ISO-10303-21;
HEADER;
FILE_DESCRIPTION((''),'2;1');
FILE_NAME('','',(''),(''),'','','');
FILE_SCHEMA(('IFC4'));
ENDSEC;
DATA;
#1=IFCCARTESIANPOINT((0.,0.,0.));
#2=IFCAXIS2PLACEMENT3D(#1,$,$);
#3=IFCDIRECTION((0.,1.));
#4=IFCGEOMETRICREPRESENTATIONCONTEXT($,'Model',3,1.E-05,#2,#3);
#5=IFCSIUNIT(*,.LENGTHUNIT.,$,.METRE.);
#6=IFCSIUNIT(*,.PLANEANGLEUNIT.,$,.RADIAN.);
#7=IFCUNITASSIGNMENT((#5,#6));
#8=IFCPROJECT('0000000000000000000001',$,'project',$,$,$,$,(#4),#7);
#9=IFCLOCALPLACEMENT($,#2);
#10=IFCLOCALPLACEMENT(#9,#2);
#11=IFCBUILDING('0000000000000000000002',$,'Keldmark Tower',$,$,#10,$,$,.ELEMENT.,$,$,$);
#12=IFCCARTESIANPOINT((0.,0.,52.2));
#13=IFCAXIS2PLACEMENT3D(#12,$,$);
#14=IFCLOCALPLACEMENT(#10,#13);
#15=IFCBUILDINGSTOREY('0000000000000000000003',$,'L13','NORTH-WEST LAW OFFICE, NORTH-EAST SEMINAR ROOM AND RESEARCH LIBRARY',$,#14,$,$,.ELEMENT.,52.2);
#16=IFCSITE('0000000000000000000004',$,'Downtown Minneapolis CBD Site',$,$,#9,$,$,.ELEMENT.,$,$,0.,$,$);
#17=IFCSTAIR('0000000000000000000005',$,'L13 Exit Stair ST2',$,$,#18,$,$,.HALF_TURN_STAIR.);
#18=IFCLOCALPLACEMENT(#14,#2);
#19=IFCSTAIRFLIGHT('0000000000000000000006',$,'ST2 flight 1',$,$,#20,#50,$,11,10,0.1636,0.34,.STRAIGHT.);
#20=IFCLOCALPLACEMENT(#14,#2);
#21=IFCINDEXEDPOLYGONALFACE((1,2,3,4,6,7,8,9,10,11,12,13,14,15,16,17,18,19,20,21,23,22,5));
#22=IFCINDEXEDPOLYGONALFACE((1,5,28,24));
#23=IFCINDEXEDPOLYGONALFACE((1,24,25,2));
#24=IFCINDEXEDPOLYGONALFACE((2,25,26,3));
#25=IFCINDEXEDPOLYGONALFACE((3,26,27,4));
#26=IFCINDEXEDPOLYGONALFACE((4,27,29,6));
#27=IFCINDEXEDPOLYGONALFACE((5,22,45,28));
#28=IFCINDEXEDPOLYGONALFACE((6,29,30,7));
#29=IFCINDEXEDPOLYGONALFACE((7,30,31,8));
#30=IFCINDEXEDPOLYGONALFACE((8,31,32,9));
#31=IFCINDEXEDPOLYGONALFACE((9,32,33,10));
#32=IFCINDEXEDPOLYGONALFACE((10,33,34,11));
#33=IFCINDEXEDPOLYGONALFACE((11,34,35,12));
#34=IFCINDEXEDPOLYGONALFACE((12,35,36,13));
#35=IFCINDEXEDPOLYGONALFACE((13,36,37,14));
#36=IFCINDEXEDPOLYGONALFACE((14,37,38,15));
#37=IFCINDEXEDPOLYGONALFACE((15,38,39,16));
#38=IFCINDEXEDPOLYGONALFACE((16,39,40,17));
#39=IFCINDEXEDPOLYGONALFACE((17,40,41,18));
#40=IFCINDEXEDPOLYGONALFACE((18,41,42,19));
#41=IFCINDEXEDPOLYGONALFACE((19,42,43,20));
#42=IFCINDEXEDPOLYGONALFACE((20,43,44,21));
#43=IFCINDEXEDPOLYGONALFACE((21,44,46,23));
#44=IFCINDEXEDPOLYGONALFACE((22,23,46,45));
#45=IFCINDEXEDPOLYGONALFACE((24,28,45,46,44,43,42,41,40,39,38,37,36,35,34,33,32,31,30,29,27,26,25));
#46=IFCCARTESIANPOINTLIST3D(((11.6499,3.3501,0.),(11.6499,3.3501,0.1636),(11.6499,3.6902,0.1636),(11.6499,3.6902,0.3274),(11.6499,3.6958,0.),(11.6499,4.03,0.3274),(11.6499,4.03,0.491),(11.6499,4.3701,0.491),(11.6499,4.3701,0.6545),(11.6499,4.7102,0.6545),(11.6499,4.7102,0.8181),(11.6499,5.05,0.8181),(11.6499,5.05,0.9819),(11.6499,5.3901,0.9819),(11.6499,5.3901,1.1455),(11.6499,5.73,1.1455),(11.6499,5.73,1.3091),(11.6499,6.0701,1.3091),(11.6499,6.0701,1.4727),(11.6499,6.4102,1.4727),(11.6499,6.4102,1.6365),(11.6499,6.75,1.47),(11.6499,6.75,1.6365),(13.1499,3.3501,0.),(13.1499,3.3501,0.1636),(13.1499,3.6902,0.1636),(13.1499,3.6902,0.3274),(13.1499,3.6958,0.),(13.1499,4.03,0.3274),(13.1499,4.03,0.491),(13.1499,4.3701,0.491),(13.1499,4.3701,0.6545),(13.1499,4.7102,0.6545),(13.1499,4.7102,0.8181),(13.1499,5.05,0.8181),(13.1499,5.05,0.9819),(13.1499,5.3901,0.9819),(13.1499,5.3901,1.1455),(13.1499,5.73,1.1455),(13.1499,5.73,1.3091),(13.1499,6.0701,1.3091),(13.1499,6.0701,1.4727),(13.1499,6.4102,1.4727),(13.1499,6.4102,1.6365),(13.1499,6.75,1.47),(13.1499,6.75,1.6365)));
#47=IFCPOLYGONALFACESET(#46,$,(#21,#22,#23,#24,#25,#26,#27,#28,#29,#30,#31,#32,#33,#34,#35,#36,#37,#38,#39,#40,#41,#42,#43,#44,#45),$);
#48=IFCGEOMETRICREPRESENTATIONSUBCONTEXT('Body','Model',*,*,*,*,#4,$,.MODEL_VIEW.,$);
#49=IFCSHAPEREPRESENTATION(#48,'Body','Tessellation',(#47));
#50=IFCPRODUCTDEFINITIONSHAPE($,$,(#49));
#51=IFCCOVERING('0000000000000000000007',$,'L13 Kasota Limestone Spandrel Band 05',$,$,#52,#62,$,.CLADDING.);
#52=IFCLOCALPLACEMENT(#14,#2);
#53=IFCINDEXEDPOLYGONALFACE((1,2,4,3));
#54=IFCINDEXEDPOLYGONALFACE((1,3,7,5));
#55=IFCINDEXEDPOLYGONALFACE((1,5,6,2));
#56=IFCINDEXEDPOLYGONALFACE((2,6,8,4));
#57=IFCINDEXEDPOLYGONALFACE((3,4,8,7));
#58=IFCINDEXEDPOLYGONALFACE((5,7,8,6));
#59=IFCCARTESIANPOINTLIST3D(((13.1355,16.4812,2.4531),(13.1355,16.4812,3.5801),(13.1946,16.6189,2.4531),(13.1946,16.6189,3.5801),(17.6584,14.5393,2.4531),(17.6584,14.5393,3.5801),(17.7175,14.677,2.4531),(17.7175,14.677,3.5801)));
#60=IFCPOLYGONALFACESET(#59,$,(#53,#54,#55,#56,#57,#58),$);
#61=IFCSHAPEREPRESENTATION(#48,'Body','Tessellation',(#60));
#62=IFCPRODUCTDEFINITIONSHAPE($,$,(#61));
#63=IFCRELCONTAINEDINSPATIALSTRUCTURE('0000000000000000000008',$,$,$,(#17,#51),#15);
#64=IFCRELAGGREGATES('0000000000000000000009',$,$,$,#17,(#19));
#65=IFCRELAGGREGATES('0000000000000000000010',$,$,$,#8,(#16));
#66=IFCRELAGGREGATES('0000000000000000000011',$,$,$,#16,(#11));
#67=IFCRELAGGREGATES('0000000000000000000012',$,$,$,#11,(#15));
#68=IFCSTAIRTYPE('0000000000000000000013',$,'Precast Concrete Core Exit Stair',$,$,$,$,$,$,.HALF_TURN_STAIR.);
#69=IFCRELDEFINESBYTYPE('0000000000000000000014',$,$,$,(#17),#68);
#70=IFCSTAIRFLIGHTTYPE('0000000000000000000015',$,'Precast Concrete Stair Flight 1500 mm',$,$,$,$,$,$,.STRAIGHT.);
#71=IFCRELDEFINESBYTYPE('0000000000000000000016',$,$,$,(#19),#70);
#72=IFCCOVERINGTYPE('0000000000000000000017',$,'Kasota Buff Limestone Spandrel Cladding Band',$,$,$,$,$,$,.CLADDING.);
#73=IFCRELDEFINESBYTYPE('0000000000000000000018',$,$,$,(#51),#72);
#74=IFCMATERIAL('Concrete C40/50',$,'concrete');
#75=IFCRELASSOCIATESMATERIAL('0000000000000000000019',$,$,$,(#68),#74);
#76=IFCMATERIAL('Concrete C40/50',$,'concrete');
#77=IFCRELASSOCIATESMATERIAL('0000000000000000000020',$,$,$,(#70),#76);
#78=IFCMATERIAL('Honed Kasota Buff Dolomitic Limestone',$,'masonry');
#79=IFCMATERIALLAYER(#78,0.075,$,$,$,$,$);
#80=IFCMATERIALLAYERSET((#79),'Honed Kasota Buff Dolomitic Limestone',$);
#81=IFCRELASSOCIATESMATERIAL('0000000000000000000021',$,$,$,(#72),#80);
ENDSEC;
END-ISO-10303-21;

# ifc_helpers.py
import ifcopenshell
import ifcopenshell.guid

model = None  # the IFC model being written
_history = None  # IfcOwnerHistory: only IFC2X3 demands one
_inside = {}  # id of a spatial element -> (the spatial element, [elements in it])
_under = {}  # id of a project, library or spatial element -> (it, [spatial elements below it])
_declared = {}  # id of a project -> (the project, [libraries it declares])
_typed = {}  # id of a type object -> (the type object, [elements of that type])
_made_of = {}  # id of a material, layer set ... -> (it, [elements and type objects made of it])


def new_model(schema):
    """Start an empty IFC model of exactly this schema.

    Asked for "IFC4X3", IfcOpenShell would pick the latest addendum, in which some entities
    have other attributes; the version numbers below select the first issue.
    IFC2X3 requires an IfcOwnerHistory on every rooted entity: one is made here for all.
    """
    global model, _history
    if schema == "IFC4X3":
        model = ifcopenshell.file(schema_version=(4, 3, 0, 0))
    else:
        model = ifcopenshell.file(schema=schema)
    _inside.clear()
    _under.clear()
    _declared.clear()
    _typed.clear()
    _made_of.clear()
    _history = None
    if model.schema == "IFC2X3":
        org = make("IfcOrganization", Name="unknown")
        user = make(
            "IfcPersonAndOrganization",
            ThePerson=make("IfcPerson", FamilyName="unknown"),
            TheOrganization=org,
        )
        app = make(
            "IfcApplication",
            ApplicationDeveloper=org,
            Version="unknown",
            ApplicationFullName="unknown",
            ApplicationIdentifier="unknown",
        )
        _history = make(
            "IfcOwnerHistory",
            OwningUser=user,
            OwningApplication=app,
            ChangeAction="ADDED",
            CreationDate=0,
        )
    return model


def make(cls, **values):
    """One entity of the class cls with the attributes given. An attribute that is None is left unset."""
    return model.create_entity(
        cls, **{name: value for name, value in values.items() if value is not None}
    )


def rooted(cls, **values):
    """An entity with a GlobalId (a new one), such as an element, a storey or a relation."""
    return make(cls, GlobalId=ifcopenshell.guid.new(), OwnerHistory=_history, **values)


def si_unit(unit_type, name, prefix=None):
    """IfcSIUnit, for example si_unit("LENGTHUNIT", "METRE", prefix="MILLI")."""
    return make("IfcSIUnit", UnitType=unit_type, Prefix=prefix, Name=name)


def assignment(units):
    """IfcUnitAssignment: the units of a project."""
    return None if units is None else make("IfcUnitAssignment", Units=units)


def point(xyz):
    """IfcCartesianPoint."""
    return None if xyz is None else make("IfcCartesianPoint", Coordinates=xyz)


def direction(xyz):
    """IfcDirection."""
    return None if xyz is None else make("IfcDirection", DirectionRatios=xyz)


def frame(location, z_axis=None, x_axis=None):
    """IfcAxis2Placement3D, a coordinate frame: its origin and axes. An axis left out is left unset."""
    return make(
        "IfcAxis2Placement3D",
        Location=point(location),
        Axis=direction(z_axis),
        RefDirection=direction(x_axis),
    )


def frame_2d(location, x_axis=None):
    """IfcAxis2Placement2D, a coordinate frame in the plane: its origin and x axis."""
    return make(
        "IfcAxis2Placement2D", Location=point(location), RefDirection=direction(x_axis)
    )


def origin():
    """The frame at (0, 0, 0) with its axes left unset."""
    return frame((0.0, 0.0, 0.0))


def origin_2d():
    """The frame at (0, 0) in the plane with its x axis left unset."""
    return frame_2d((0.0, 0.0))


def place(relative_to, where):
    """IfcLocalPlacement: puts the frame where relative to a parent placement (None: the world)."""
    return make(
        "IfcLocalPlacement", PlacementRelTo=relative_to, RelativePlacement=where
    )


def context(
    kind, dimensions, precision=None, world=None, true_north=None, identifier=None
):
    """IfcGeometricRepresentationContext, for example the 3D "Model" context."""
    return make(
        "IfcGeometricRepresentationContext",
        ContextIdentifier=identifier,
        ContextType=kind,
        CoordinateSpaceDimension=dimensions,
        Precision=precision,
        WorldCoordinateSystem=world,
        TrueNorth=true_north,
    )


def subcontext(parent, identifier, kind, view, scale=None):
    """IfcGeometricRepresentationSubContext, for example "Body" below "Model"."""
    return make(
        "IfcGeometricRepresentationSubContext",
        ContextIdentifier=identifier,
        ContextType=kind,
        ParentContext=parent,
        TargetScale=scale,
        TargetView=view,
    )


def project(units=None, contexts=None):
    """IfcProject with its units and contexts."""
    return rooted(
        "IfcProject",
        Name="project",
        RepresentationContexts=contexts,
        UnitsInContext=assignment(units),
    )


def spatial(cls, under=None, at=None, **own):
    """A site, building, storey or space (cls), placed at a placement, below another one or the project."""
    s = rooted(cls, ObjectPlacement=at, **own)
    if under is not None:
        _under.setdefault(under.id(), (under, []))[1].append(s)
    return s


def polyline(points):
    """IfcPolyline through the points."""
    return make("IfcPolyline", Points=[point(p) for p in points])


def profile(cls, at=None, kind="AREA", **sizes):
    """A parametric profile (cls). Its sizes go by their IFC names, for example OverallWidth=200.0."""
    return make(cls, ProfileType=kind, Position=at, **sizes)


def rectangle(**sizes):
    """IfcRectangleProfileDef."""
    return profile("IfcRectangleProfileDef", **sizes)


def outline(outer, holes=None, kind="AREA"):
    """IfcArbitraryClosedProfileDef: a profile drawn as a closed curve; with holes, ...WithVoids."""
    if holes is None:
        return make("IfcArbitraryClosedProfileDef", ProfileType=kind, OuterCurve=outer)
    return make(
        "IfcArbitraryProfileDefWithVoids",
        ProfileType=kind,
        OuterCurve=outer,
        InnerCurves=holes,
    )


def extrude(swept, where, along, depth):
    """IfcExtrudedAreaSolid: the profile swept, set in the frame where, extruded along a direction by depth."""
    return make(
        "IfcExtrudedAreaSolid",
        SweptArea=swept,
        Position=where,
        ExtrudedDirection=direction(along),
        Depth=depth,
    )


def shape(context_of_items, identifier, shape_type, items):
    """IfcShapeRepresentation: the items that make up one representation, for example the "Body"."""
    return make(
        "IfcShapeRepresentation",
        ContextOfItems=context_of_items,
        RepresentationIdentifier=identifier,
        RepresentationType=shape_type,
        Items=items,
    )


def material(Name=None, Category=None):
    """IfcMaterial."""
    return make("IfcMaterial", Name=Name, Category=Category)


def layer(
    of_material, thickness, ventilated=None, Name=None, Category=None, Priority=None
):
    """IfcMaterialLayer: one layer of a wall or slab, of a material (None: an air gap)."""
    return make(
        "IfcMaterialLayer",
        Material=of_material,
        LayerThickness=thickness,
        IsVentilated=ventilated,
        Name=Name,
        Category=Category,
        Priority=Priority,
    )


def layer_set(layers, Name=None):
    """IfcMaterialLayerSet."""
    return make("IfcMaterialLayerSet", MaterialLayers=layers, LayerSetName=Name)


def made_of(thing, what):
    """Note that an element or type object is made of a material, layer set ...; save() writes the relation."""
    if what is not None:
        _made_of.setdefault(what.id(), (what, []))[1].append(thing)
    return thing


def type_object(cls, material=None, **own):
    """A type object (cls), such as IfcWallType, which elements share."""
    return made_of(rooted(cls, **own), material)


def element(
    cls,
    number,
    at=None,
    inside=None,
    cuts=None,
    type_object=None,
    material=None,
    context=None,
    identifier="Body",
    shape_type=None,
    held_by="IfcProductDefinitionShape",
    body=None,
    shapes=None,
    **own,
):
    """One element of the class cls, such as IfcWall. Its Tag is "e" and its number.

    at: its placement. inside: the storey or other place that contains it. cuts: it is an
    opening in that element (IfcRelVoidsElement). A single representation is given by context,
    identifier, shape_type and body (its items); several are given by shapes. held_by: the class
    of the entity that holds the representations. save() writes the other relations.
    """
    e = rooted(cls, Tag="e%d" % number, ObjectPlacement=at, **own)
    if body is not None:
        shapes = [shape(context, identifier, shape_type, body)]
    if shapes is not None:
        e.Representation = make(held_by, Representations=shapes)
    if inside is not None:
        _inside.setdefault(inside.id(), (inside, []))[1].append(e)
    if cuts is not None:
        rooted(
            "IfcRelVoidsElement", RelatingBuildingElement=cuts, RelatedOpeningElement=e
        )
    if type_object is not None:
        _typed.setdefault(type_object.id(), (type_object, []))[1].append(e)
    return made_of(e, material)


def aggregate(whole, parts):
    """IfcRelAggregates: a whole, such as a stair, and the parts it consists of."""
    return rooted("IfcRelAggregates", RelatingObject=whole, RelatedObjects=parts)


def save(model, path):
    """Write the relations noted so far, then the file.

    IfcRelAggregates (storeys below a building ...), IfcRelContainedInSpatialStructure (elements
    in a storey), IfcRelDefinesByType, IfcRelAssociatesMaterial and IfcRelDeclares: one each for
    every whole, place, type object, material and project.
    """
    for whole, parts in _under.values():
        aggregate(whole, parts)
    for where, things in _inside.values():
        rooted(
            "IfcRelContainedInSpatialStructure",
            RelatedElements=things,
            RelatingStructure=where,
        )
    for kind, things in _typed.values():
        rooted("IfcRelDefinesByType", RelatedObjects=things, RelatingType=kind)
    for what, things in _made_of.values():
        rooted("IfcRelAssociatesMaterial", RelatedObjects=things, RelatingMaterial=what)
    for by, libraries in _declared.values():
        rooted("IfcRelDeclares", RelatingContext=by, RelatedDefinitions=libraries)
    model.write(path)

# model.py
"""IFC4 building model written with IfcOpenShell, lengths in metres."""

from ifc_helpers import new_model, si_unit, direction, frame, origin, origin_2d, place, context, subcontext, project, spatial, polyline, rectangle, outline, extrude, material, layer, layer_set, type_object, element, aggregate, save


model = new_model("IFC4")

# Units and contexts
model_context = context("Model", 3, precision=1e-05, world=origin(), true_north=direction((0.0, 1.0)))
body_context = subcontext(model_context, "Body", "Model", "MODEL_VIEW")
ifc_project = project(units=[si_unit("LENGTHUNIT", "METRE"), si_unit("PLANEANGLEUNIT", "RADIAN")], contexts=[model_context])

# Site, building, storey
site_placement = place(None, origin())
site = spatial("IfcSite", under=ifc_project, at=site_placement, Name="Downtown Minneapolis CBD Site", CompositionType="ELEMENT", RefElevation=0.0)
building_placement = place(site_placement, origin())
building = spatial("IfcBuilding", under=site, at=building_placement, Name="Keldmark Tower", CompositionType="ELEMENT")
storey_placement = place(building_placement, frame((0.0, 0.0, 52.2)))
storey = spatial("IfcBuildingStorey", under=building, at=storey_placement, Name="L13", Description="NORTH-WEST LAW OFFICE, NORTH-EAST SEMINAR ROOM AND RESEARCH LIBRARY", CompositionType="ELEMENT", Elevation=52.2)

# Stair, stair flight
ifc_material_1 = material(Name="Concrete C40/50", Category="concrete")
stair_type = type_object("IfcStairType", Name="Precast Concrete Core Exit Stair", PredefinedType="HALF_TURN_STAIR", material=ifc_material_1)
stair_placement = place(storey_placement, origin())
stair = element("IfcStair", 1, at=stair_placement, inside=storey, type_object=stair_type, Name="L13 Exit Stair ST2", PredefinedType="HALF_TURN_STAIR")
ifc_material_2 = material(Name="Concrete C40/50", Category="concrete")
stair_flight_type = type_object("IfcStairFlightType", Name="Precast Concrete Stair Flight 1500 mm", PredefinedType="STRAIGHT", material=ifc_material_2)
stair_flight_placement = place(storey_placement, frame((12.3999, 3.3501, 0.0), z_axis=(0.0, 0.0, 1.0), x_axis=(0.0, 1.0, 0.0)))
stair_flight = element("IfcStairFlight", 2, at=stair_flight_placement, type_object=stair_flight_type, Name="ST2 flight 1", NumberOfRisers=11, NumberOfTreads=10, PredefinedType="STRAIGHT", RiserHeight=0.1636, TreadLength=0.34, context=body_context, shape_type="SweptSolid", body=[
    extrude(outline(polyline([(0.0, 0.0), (0.0, 0.1636), (0.3401, 0.1636), (0.3401, 0.3274), (0.6799, 0.3274), (0.6799, 0.491), (1.02, 0.491), (1.02, 0.6545), (1.3601, 0.6545), (1.3601, 0.8181), (1.7, 0.8181), (1.7, 0.9819), (2.04, 0.9819), (2.04, 1.1455), (2.3799, 1.1455), (2.3799, 1.3091), (2.72, 1.3091), (2.72, 1.4727), (3.0601, 1.4727), (3.0601, 1.6365), (3.3999, 1.6365), (3.3999, 1.8), (3.3999, 1.47), (0.3457, 0.0), (0.0, 0.0)])), frame((0.0, 0.75, 0.0), z_axis=(0.0, -1.0, 0.0), x_axis=(1.0, 0.0, 0.0)), (0.0, 0.0, 1.0), 1.5),
])
aggregate(stair, [stair_flight])

# Covering
ifc_material_3 = material(Name="Honed Kasota Buff Dolomitic Limestone", Category="masonry")
ifc_layer_1 = layer(ifc_material_3, 0.075)
ifc_layer_set_1 = layer_set([ifc_layer_1], Name="Honed Kasota Buff Dolomitic Limestone")
covering_type = type_object("IfcCoveringType", Name="Kasota Buff Limestone Spandrel Cladding Band", PredefinedType="CLADDING", material=ifc_layer_set_1)
covering_placement = place(storey_placement, frame((15.4265, 15.5791, 2.4531), z_axis=(0.0, 0.0, 1.0), x_axis=(-0.918888, 0.394519, 0.0)))
element("IfcCovering", 3, at=covering_placement, inside=storey, type_object=covering_type, Name="L13 Kasota Limestone Spandrel Band 05", PredefinedType="CLADDING", context=body_context, shape_type="SweptSolid", body=[
    extrude(rectangle(XDim=4.9221, YDim=0.1499, at=origin_2d()), origin(), (0.0, 0.0, 1.0), 1.127),
])

save(model, "model.ifc")
